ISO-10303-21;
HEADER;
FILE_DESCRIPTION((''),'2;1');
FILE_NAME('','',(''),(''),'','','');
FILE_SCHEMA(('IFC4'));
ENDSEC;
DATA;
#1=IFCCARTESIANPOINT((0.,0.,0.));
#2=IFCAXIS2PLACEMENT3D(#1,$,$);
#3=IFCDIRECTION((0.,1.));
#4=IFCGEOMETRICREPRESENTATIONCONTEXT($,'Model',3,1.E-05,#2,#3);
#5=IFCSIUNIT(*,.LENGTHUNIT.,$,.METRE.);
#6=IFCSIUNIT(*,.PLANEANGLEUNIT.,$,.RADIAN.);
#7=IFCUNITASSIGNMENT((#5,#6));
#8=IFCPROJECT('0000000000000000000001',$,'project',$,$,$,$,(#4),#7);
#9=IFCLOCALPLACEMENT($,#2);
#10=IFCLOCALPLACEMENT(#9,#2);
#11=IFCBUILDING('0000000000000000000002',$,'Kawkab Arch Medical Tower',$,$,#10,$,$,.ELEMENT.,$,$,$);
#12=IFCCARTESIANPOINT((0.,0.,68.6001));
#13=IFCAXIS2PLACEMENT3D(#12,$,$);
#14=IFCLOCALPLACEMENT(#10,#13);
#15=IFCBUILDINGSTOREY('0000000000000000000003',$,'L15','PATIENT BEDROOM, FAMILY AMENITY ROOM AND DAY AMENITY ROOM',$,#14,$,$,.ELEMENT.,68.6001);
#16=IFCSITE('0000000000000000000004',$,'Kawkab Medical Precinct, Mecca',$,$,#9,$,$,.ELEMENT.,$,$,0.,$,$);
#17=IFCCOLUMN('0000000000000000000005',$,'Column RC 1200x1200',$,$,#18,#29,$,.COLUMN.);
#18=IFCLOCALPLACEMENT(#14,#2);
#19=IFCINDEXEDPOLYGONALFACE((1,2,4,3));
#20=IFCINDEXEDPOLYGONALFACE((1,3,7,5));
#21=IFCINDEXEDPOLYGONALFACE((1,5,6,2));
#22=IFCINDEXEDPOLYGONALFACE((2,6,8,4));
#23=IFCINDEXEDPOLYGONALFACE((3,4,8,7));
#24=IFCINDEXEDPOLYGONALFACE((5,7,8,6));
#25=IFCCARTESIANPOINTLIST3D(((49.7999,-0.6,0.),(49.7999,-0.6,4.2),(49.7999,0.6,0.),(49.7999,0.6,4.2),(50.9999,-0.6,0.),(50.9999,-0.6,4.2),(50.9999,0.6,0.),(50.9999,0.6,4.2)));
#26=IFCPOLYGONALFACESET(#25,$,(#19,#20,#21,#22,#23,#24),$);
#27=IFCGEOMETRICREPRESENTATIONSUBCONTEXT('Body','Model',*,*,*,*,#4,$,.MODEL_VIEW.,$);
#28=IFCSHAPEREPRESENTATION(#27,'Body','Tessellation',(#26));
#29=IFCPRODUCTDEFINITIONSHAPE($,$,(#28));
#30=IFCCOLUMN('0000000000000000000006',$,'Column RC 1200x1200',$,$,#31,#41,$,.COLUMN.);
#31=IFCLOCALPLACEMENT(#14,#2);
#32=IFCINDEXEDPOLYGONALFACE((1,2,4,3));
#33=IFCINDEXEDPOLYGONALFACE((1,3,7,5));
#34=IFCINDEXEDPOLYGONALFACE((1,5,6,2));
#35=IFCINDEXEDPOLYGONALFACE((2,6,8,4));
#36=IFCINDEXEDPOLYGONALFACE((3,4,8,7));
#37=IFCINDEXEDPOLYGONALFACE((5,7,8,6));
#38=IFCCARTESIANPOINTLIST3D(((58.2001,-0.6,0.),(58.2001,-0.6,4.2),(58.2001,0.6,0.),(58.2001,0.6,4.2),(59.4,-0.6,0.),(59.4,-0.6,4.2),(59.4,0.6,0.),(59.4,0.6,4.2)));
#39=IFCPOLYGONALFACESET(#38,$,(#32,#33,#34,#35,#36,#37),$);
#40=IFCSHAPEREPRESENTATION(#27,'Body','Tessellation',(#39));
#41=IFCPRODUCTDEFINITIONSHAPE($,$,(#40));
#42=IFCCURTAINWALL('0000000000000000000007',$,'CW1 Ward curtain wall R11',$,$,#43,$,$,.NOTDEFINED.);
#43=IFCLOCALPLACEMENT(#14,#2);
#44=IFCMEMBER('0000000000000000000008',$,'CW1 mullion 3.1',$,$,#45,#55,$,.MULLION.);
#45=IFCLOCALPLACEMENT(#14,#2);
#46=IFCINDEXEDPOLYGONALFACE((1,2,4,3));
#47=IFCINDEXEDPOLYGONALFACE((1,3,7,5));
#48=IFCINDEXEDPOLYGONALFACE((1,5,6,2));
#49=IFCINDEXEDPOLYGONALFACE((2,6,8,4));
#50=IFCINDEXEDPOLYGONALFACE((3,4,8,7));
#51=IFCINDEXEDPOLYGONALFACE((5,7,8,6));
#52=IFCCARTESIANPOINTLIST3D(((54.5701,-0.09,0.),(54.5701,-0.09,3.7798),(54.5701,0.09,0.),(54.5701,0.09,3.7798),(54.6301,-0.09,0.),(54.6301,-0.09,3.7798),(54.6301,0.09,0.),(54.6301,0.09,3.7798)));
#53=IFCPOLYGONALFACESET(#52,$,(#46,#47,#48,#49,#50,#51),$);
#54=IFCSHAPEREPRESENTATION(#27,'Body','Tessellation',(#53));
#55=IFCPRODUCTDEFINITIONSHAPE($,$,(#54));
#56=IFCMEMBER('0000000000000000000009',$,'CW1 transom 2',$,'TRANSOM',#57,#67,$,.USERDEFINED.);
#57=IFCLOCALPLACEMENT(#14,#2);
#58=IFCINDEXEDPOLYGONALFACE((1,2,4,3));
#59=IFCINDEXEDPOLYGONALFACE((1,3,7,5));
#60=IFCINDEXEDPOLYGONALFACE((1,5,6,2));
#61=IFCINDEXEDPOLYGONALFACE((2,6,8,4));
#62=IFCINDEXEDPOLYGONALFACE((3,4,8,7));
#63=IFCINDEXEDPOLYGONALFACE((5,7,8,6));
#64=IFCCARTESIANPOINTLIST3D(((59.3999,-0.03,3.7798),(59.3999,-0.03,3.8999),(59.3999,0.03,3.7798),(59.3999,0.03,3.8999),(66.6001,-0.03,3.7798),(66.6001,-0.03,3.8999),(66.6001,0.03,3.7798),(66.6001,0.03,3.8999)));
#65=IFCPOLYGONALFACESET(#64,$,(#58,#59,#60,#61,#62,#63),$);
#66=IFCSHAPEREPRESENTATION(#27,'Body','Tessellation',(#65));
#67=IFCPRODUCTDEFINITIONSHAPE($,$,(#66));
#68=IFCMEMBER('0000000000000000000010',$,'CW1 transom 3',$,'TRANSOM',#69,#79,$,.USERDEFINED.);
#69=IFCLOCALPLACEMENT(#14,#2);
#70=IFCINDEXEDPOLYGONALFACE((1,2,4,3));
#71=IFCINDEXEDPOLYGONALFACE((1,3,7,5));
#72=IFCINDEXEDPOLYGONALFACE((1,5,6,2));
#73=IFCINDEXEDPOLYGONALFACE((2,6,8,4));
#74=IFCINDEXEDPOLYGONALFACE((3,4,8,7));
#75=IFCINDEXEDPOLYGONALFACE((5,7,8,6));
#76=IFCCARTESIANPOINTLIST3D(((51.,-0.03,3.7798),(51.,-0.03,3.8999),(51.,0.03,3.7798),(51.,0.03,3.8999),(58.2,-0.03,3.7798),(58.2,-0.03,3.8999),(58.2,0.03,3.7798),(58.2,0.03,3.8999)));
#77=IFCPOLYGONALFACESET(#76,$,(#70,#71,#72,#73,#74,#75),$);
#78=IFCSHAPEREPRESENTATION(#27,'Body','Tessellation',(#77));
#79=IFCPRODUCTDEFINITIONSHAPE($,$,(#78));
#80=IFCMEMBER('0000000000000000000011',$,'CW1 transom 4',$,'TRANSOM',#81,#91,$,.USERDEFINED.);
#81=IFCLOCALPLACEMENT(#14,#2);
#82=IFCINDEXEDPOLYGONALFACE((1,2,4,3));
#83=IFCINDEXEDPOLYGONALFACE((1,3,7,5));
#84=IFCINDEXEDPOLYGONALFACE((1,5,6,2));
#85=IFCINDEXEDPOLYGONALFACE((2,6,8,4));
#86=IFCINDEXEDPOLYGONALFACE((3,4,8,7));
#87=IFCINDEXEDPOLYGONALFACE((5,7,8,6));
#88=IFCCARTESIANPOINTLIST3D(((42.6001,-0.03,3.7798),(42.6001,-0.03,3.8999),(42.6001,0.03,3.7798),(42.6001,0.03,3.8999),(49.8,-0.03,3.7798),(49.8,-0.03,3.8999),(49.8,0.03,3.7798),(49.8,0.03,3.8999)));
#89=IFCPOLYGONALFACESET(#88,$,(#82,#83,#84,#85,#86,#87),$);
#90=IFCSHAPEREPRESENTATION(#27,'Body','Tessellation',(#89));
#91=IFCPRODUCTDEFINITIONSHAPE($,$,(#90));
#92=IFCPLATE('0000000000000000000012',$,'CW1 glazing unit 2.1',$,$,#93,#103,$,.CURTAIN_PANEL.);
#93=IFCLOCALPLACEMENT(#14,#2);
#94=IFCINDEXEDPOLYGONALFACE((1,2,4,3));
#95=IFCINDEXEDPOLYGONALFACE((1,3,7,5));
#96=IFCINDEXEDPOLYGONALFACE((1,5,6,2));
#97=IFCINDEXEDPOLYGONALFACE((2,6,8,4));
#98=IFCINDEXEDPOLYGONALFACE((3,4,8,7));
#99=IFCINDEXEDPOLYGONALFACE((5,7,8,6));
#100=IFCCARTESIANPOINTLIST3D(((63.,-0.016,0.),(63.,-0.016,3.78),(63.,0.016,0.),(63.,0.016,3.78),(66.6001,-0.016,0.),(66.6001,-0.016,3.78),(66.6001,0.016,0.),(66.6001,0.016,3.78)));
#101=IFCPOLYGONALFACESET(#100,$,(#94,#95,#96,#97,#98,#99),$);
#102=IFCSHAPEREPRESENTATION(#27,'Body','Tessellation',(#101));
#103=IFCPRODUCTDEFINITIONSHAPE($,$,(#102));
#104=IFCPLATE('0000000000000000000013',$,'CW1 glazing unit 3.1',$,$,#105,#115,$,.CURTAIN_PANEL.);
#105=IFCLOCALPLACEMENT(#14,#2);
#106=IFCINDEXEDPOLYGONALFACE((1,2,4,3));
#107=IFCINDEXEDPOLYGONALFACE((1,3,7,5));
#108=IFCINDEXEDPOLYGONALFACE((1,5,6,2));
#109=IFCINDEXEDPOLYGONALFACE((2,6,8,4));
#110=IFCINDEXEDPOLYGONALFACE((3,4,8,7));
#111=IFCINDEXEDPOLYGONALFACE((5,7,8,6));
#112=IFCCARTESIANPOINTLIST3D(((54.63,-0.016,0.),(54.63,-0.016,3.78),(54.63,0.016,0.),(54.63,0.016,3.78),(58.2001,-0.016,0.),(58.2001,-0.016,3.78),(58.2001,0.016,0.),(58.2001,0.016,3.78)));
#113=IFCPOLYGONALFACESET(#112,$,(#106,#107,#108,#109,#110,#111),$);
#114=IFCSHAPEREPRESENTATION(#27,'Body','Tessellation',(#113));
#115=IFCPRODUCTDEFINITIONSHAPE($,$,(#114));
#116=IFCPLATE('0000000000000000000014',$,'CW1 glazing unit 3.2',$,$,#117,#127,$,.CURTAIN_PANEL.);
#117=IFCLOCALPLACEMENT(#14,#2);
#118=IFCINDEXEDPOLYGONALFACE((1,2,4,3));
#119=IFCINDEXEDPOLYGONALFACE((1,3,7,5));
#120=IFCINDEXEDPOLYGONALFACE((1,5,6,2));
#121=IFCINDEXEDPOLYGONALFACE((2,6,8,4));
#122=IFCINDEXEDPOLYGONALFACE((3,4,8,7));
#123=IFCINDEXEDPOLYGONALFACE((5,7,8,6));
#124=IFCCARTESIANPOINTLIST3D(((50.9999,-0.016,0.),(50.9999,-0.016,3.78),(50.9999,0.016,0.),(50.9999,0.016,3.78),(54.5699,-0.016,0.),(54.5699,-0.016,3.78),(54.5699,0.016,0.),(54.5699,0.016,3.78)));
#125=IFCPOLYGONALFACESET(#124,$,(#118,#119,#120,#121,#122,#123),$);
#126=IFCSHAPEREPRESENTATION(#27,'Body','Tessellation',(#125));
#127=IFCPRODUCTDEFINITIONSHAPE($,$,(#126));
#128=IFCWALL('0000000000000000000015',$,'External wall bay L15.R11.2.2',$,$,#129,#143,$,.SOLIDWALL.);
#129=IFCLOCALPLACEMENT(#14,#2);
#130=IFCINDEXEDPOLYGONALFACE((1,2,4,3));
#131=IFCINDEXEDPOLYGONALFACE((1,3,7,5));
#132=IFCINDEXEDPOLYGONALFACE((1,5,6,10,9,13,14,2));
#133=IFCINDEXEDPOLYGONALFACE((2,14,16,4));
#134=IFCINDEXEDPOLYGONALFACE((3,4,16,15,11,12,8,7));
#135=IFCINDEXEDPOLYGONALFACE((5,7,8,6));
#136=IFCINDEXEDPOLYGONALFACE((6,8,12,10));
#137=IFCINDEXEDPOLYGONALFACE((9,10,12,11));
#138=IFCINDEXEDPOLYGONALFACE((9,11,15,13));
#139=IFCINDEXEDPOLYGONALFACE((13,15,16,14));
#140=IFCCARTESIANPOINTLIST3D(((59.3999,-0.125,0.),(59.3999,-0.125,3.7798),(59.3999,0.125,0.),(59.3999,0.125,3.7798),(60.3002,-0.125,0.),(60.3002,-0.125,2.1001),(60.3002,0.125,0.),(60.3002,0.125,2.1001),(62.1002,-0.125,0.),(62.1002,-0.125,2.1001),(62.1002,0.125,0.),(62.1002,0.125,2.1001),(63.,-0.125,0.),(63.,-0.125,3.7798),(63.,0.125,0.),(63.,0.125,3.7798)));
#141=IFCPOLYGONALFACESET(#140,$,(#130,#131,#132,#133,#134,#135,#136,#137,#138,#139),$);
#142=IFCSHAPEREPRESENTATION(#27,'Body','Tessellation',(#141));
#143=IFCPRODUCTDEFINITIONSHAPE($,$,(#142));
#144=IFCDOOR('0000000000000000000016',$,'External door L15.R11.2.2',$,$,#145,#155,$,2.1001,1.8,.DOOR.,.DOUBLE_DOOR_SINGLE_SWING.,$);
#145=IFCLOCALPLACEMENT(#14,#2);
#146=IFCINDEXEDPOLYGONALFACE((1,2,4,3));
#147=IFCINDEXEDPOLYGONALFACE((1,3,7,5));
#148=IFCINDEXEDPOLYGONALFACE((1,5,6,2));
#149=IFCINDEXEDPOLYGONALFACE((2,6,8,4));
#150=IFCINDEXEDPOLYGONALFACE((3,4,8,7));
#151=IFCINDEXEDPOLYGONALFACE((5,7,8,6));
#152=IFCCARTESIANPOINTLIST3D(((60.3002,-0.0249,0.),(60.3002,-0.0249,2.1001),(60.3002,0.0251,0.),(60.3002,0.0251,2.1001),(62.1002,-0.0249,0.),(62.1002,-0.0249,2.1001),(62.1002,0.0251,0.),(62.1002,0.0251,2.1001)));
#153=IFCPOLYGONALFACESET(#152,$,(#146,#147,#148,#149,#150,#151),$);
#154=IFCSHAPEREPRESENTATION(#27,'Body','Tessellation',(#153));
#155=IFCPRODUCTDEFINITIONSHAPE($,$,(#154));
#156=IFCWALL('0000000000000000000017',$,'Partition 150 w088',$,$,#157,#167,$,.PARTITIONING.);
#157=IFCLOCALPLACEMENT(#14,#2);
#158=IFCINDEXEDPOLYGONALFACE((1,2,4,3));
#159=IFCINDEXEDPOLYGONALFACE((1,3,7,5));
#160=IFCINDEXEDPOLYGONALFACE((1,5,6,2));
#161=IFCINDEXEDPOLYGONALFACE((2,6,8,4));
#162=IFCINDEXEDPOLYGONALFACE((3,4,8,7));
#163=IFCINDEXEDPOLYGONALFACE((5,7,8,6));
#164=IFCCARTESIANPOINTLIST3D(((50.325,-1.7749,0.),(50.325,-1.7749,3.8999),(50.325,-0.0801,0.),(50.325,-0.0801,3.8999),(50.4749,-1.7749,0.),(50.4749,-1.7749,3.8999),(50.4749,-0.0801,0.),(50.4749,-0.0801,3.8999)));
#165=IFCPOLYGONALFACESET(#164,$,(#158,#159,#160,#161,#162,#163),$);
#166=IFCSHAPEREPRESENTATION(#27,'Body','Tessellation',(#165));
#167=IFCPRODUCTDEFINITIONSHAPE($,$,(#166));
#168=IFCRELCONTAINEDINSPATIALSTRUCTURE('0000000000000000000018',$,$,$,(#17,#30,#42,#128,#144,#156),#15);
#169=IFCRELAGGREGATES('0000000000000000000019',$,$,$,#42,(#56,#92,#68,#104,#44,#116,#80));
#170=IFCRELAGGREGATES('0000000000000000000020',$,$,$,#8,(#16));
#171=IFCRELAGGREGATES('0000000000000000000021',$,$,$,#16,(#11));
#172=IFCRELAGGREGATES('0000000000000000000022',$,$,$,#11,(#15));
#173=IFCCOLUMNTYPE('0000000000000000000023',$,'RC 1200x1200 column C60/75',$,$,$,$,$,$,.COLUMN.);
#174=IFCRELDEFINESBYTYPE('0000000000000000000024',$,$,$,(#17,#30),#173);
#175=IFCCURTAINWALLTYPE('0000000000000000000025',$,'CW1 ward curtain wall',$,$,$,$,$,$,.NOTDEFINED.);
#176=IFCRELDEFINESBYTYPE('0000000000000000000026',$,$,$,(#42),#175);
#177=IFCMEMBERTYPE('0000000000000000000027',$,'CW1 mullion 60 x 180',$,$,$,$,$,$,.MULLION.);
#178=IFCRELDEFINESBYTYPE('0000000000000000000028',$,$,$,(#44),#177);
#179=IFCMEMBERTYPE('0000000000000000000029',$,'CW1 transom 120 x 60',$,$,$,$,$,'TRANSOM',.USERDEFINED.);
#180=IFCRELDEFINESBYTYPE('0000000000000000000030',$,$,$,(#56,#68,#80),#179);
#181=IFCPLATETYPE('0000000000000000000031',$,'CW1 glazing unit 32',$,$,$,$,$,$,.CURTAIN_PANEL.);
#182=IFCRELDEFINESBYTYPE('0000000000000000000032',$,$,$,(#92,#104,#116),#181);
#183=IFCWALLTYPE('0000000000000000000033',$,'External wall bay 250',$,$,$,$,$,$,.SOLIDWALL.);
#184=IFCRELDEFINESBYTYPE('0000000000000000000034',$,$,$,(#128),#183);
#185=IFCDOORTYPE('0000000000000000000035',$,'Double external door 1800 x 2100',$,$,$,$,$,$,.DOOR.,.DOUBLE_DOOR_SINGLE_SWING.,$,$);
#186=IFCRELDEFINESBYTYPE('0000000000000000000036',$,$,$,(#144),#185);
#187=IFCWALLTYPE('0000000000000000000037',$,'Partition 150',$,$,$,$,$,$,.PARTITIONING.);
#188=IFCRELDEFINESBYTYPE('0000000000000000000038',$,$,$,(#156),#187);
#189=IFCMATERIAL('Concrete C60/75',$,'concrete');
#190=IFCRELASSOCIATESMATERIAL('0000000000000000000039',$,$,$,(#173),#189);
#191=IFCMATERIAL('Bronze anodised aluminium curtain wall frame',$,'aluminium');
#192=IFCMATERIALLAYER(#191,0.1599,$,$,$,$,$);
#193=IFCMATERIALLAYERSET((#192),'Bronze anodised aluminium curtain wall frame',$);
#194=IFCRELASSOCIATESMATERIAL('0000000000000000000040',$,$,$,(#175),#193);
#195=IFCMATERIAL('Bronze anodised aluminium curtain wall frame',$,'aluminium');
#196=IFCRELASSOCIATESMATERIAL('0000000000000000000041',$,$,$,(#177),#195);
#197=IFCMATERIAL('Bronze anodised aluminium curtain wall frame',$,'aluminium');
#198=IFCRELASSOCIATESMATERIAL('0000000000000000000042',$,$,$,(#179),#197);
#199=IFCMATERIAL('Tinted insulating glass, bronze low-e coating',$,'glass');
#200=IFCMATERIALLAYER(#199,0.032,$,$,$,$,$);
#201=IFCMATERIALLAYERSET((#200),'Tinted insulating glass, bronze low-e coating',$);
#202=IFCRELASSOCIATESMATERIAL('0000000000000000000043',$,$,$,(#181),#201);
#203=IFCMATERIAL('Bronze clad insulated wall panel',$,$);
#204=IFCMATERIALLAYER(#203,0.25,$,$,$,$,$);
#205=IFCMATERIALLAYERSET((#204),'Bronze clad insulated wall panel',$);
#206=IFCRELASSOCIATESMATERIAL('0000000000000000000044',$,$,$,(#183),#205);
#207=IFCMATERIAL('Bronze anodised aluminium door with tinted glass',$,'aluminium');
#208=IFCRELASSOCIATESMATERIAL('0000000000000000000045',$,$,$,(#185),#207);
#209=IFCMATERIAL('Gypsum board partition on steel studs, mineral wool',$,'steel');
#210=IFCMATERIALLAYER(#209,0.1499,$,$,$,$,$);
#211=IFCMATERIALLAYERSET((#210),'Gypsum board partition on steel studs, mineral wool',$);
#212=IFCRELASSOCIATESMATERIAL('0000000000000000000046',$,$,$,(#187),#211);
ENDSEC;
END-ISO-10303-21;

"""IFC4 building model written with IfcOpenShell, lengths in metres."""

from ifc_helpers import new_model, si_unit, direction, frame, frame_2d, origin, origin_2d, place, context, subcontext, project, spatial, rectangle, extrude, material, layer, layer_set, material_profile, profile_set, type_object, element, fill, aggregate, save


model = new_model("IFC4")

# Units and contexts
model_context = context("Model", 3, precision=1e-05, world=origin(), true_north=direction((0.0, 1.0)))
body_context = subcontext(model_context, "Body", "Model", "MODEL_VIEW")
ifc_project = project(units=[si_unit("LENGTHUNIT", "METRE"), si_unit("PLANEANGLEUNIT", "RADIAN")], contexts=[model_context])

# Site, building, storey
site_placement = place(None, origin())
site = spatial("IfcSite", under=ifc_project, at=site_placement, Name="Kawkab Medical Precinct, Mecca", CompositionType="ELEMENT", RefElevation=0.0)
building_placement = place(site_placement, origin())
building = spatial("IfcBuilding", under=site, at=building_placement, Name="Kawkab Arch Medical Tower", CompositionType="ELEMENT")
storey_placement = place(building_placement, frame((0.0, 0.0, 68.6001)))
storey = spatial("IfcBuildingStorey", under=building, at=storey_placement, Name="L15", Description="PATIENT BEDROOM, FAMILY AMENITY ROOM AND DAY AMENITY ROOM", CompositionType="ELEMENT", Elevation=68.6001)

# Columns
ifc_material_1 = material(Name="Concrete C60/75", Category="concrete")
ifc_material_profile_1 = material_profile(ifc_material_1, rectangle(XDim=1.2, YDim=1.2, at=origin_2d()), Name="RC 1200x1200")
ifc_profile_set_1 = profile_set([ifc_material_profile_1], Name="Concrete C60/75")
column_type = type_object("IfcColumnType", Name="RC 1200x1200 column C60/75", PredefinedType="COLUMN", material=ifc_profile_set_1)
for number, where, z_axis, x_axis, name in (
    (1, (50.3999, 0.0, 0.0), (0.0, 0.0, 1.0), (1.0, 0.0, 0.0), "Column RC 1200x1200"),
    (2, (58.8, 0.0, 0.0), (0.0, 0.0, 1.0), (1.0, 0.0, 0.0), "Column RC 1200x1200"),
):
    element("IfcColumn", number, at=place(storey_placement, frame(where, z_axis=z_axis, x_axis=x_axis)), inside=storey, type_object=column_type, Name=name, PredefinedType="COLUMN", context=body_context, shape_type="SweptSolid", body=[
        extrude(rectangle(XDim=1.2, YDim=1.2, at=origin_2d()), origin(), (0.0, 0.0, 1.0), 4.2),
    ])

# Curtain wall, members, plates
ifc_material_2 = material(Name="Bronze anodised aluminium curtain wall frame", Category="aluminium")
ifc_layer_1 = layer(ifc_material_2, 0.1599)
ifc_layer_set_1 = layer_set([ifc_layer_1], Name="Bronze anodised aluminium curtain wall frame")
curtain_wall_type = type_object("IfcCurtainWallType", Name="CW1 ward curtain wall", PredefinedType="NOTDEFINED", material=ifc_layer_set_1)
curtain_wall_placement = place(storey_placement, origin())
curtain_wall = element("IfcCurtainWall", 3, at=curtain_wall_placement, inside=storey, type_object=curtain_wall_type, Name="CW1 Ward curtain wall R11", PredefinedType="NOTDEFINED")
ifc_material_3 = material(Name="Bronze anodised aluminium curtain wall frame", Category="aluminium")
ifc_material_profile_2 = material_profile(ifc_material_3, rectangle(XDim=0.1799, YDim=0.0601, at=origin_2d()), Name="AL 60x180")
ifc_profile_set_2 = profile_set([ifc_material_profile_2], Name="Bronze anodised aluminium curtain wall frame")
member_type_1 = type_object("IfcMemberType", Name="CW1 mullion 60 x 180", PredefinedType="MULLION", material=ifc_profile_set_2)
member_1_placement = place(storey_placement, frame((54.6001, 0.0, 0.0), z_axis=(0.0, 0.0, 1.0), x_axis=(0.0, -1.0, 0.0)))
member_1 = element("IfcMember", 4, at=member_1_placement, type_object=member_type_1, Name="CW1 mullion 3.1", PredefinedType="MULLION", context=body_context, shape_type="SweptSolid", body=[
    extrude(rectangle(XDim=0.1799, YDim=0.0601, at=origin_2d()), origin(), (0.0, 0.0, 1.0), 3.7798),
])
ifc_material_4 = material(Name="Bronze anodised aluminium curtain wall frame", Category="aluminium")
ifc_material_profile_3 = material_profile(ifc_material_4, rectangle(XDim=0.0601, YDim=0.1201, at=origin_2d()), Name="AL 60x120")
ifc_profile_set_3 = profile_set([ifc_material_profile_3], Name="Bronze anodised aluminium curtain wall frame")
member_type_2 = type_object("IfcMemberType", Name="CW1 transom 120 x 60", ElementType="TRANSOM", PredefinedType="USERDEFINED", material=ifc_profile_set_3)
member_2_placement = place(storey_placement, frame((66.6001, 0.0, 3.8398), z_axis=(-1.0, 0.0, 0.0), x_axis=(0.0, -1.0, 0.0)))
member_2 = element("IfcMember", 5, at=member_2_placement, type_object=member_type_2, Name="CW1 transom 2", ObjectType="TRANSOM", PredefinedType="USERDEFINED", context=body_context, shape_type="SweptSolid", body=[
    extrude(rectangle(XDim=0.0601, YDim=0.1201, at=origin_2d()), origin(), (0.0, 0.0, 1.0), 7.2002),
])
member_3_placement = place(storey_placement, frame((58.2, 0.0, 3.8398), z_axis=(-1.0, 0.0, 0.0), x_axis=(0.0, -1.0, 0.0)))
member_3 = element("IfcMember", 6, at=member_3_placement, type_object=member_type_2, Name="CW1 transom 3", ObjectType="TRANSOM", PredefinedType="USERDEFINED", context=body_context, shape_type="SweptSolid", body=[
    extrude(rectangle(XDim=0.0601, YDim=0.1201, at=origin_2d()), origin(), (0.0, 0.0, 1.0), 7.2),
])
member_4_placement = place(storey_placement, frame((49.8, 0.0, 3.8398), z_axis=(-1.0, 0.0, 0.0), x_axis=(0.0, -1.0, 0.0)))
member_4 = element("IfcMember", 7, at=member_4_placement, type_object=member_type_2, Name="CW1 transom 4", ObjectType="TRANSOM", PredefinedType="USERDEFINED", context=body_context, shape_type="SweptSolid", body=[
    extrude(rectangle(XDim=0.0601, YDim=0.1201, at=origin_2d()), origin(), (0.0, 0.0, 1.0), 7.2),
])
ifc_material_5 = material(Name="Tinted insulating glass, bronze low-e coating", Category="glass")
ifc_layer_2 = layer(ifc_material_5, 0.032)
ifc_layer_set_2 = layer_set([ifc_layer_2], Name="Tinted insulating glass, bronze low-e coating")
plate_type = type_object("IfcPlateType", Name="CW1 glazing unit 32", PredefinedType="CURTAIN_PANEL", material=ifc_layer_set_2)
plate_1_placement = place(storey_placement, frame((64.8, 0.0, 0.0), z_axis=(0.0, 0.0, 1.0), x_axis=(-1.0, 0.0, 0.0)))
plate_1 = element("IfcPlate", 8, at=plate_1_placement, type_object=plate_type, Name="CW1 glazing unit 2.1", PredefinedType="CURTAIN_PANEL", context=body_context, shape_type="SweptSolid", body=[
    extrude(rectangle(XDim=3.6001, YDim=0.032, at=origin_2d()), origin(), (0.0, 0.0, 1.0), 3.78),
])
plate_2_placement = place(storey_placement, frame((56.415, 0.0, 0.0), z_axis=(0.0, 0.0, 1.0), x_axis=(-1.0, 0.0, 0.0)))
plate_2 = element("IfcPlate", 9, at=plate_2_placement, type_object=plate_type, Name="CW1 glazing unit 3.1", PredefinedType="CURTAIN_PANEL", context=body_context, shape_type="SweptSolid", body=[
    extrude(rectangle(XDim=3.5701, YDim=0.032, at=origin_2d()), origin(), (0.0, 0.0, 1.0), 3.78),
])
plate_3_placement = place(storey_placement, frame((52.7849, 0.0, 0.0), z_axis=(0.0, 0.0, 1.0), x_axis=(-1.0, 0.0, 0.0)))
plate_3 = element("IfcPlate", 10, at=plate_3_placement, type_object=plate_type, Name="CW1 glazing unit 3.2", PredefinedType="CURTAIN_PANEL", context=body_context, shape_type="SweptSolid", body=[
    extrude(rectangle(XDim=3.5701, YDim=0.032, at=origin_2d()), origin(), (0.0, 0.0, 1.0), 3.78),
])
aggregate(curtain_wall, [member_2, plate_1, member_3, plate_2, member_1, plate_3, member_4])

# Wall, opening, door
ifc_material_6 = material(Name="Bronze clad insulated wall panel")
ifc_layer_3 = layer(ifc_material_6, 0.25)
ifc_layer_set_3 = layer_set([ifc_layer_3], Name="Bronze clad insulated wall panel")
wall_type_1 = type_object("IfcWallType", Name="External wall bay 250", PredefinedType="SOLIDWALL", material=ifc_layer_set_3)
wall_1_placement = place(storey_placement, frame((63.0, 0.0, 0.0), z_axis=(0.0, 0.0, 1.0), x_axis=(-1.0, 0.0, 0.0)))
wall_1 = element("IfcWall", 11, at=wall_1_placement, inside=storey, type_object=wall_type_1, Name="External wall bay L15.R11.2.2", PredefinedType="SOLIDWALL", context=body_context, shape_type="SweptSolid", body=[
    extrude(rectangle(XDim=3.6001, YDim=0.25, at=frame_2d((1.8, 0.0))), origin(), (0.0, 0.0, 1.0), 3.7798),
])
opening_placement = place(wall_1_placement, frame((0.8999, 0.0, 0.0)))
opening = element("IfcOpeningElement", 12, at=opening_placement, cuts=wall_1, PredefinedType="OPENING", context=body_context, shape_type="SweptSolid", body=[
    extrude(rectangle(XDim=1.8, YDim=2.1001, at=frame_2d((0.8999, 1.05))), frame((0.0, 0.135, 0.0), z_axis=(0.0, -1.0, 0.0), x_axis=(1.0, 0.0, 0.0)), (0.0, 0.0, 1.0), 0.27),
])
ifc_material_7 = material(Name="Bronze anodised aluminium door with tinted glass", Category="aluminium")
door_type = type_object("IfcDoorType", Name="Double external door 1800 x 2100", OperationType="DOUBLE_DOOR_SINGLE_SWING", PredefinedType="DOOR", material=ifc_material_7)
door_placement = place(opening_placement, origin())
door = element("IfcDoor", 13, at=door_placement, inside=storey, type_object=door_type, Name="External door L15.R11.2.2", OperationType="DOUBLE_DOOR_SINGLE_SWING", OverallHeight=2.1001, OverallWidth=1.8, PredefinedType="DOOR", context=body_context, shape_type="SweptSolid", body=[
    extrude(rectangle(XDim=1.8, YDim=2.1001, at=frame_2d((0.8999, 1.05))), frame((0.0, 0.0249, 0.0), z_axis=(0.0, -1.0, 0.0), x_axis=(1.0, 0.0, 0.0)), (0.0, 0.0, 1.0), 0.05),
])
fill(opening, door)

# Wall
ifc_material_8 = material(Name="Gypsum board partition on steel studs, mineral wool", Category="steel")
ifc_layer_4 = layer(ifc_material_8, 0.1499)
ifc_layer_set_4 = layer_set([ifc_layer_4], Name="Gypsum board partition on steel studs, mineral wool")
wall_type_2 = type_object("IfcWallType", Name="Partition 150", PredefinedType="PARTITIONING", material=ifc_layer_set_4)
wall_2_placement = place(storey_placement, frame((50.3999, -1.7749, 0.0), z_axis=(0.0, 0.0, 1.0), x_axis=(0.0, 1.0, 0.0)))
element("IfcWall", 14, at=wall_2_placement, inside=storey, type_object=wall_type_2, Name="Partition 150 w088", PredefinedType="PARTITIONING", context=body_context, shape_type="SweptSolid", body=[
    extrude(rectangle(XDim=1.6948, YDim=0.1499, at=frame_2d((0.8474, 0.0))), origin(), (0.0, 0.0, 1.0), 3.8999),
])

save(model, "model.ifc")
